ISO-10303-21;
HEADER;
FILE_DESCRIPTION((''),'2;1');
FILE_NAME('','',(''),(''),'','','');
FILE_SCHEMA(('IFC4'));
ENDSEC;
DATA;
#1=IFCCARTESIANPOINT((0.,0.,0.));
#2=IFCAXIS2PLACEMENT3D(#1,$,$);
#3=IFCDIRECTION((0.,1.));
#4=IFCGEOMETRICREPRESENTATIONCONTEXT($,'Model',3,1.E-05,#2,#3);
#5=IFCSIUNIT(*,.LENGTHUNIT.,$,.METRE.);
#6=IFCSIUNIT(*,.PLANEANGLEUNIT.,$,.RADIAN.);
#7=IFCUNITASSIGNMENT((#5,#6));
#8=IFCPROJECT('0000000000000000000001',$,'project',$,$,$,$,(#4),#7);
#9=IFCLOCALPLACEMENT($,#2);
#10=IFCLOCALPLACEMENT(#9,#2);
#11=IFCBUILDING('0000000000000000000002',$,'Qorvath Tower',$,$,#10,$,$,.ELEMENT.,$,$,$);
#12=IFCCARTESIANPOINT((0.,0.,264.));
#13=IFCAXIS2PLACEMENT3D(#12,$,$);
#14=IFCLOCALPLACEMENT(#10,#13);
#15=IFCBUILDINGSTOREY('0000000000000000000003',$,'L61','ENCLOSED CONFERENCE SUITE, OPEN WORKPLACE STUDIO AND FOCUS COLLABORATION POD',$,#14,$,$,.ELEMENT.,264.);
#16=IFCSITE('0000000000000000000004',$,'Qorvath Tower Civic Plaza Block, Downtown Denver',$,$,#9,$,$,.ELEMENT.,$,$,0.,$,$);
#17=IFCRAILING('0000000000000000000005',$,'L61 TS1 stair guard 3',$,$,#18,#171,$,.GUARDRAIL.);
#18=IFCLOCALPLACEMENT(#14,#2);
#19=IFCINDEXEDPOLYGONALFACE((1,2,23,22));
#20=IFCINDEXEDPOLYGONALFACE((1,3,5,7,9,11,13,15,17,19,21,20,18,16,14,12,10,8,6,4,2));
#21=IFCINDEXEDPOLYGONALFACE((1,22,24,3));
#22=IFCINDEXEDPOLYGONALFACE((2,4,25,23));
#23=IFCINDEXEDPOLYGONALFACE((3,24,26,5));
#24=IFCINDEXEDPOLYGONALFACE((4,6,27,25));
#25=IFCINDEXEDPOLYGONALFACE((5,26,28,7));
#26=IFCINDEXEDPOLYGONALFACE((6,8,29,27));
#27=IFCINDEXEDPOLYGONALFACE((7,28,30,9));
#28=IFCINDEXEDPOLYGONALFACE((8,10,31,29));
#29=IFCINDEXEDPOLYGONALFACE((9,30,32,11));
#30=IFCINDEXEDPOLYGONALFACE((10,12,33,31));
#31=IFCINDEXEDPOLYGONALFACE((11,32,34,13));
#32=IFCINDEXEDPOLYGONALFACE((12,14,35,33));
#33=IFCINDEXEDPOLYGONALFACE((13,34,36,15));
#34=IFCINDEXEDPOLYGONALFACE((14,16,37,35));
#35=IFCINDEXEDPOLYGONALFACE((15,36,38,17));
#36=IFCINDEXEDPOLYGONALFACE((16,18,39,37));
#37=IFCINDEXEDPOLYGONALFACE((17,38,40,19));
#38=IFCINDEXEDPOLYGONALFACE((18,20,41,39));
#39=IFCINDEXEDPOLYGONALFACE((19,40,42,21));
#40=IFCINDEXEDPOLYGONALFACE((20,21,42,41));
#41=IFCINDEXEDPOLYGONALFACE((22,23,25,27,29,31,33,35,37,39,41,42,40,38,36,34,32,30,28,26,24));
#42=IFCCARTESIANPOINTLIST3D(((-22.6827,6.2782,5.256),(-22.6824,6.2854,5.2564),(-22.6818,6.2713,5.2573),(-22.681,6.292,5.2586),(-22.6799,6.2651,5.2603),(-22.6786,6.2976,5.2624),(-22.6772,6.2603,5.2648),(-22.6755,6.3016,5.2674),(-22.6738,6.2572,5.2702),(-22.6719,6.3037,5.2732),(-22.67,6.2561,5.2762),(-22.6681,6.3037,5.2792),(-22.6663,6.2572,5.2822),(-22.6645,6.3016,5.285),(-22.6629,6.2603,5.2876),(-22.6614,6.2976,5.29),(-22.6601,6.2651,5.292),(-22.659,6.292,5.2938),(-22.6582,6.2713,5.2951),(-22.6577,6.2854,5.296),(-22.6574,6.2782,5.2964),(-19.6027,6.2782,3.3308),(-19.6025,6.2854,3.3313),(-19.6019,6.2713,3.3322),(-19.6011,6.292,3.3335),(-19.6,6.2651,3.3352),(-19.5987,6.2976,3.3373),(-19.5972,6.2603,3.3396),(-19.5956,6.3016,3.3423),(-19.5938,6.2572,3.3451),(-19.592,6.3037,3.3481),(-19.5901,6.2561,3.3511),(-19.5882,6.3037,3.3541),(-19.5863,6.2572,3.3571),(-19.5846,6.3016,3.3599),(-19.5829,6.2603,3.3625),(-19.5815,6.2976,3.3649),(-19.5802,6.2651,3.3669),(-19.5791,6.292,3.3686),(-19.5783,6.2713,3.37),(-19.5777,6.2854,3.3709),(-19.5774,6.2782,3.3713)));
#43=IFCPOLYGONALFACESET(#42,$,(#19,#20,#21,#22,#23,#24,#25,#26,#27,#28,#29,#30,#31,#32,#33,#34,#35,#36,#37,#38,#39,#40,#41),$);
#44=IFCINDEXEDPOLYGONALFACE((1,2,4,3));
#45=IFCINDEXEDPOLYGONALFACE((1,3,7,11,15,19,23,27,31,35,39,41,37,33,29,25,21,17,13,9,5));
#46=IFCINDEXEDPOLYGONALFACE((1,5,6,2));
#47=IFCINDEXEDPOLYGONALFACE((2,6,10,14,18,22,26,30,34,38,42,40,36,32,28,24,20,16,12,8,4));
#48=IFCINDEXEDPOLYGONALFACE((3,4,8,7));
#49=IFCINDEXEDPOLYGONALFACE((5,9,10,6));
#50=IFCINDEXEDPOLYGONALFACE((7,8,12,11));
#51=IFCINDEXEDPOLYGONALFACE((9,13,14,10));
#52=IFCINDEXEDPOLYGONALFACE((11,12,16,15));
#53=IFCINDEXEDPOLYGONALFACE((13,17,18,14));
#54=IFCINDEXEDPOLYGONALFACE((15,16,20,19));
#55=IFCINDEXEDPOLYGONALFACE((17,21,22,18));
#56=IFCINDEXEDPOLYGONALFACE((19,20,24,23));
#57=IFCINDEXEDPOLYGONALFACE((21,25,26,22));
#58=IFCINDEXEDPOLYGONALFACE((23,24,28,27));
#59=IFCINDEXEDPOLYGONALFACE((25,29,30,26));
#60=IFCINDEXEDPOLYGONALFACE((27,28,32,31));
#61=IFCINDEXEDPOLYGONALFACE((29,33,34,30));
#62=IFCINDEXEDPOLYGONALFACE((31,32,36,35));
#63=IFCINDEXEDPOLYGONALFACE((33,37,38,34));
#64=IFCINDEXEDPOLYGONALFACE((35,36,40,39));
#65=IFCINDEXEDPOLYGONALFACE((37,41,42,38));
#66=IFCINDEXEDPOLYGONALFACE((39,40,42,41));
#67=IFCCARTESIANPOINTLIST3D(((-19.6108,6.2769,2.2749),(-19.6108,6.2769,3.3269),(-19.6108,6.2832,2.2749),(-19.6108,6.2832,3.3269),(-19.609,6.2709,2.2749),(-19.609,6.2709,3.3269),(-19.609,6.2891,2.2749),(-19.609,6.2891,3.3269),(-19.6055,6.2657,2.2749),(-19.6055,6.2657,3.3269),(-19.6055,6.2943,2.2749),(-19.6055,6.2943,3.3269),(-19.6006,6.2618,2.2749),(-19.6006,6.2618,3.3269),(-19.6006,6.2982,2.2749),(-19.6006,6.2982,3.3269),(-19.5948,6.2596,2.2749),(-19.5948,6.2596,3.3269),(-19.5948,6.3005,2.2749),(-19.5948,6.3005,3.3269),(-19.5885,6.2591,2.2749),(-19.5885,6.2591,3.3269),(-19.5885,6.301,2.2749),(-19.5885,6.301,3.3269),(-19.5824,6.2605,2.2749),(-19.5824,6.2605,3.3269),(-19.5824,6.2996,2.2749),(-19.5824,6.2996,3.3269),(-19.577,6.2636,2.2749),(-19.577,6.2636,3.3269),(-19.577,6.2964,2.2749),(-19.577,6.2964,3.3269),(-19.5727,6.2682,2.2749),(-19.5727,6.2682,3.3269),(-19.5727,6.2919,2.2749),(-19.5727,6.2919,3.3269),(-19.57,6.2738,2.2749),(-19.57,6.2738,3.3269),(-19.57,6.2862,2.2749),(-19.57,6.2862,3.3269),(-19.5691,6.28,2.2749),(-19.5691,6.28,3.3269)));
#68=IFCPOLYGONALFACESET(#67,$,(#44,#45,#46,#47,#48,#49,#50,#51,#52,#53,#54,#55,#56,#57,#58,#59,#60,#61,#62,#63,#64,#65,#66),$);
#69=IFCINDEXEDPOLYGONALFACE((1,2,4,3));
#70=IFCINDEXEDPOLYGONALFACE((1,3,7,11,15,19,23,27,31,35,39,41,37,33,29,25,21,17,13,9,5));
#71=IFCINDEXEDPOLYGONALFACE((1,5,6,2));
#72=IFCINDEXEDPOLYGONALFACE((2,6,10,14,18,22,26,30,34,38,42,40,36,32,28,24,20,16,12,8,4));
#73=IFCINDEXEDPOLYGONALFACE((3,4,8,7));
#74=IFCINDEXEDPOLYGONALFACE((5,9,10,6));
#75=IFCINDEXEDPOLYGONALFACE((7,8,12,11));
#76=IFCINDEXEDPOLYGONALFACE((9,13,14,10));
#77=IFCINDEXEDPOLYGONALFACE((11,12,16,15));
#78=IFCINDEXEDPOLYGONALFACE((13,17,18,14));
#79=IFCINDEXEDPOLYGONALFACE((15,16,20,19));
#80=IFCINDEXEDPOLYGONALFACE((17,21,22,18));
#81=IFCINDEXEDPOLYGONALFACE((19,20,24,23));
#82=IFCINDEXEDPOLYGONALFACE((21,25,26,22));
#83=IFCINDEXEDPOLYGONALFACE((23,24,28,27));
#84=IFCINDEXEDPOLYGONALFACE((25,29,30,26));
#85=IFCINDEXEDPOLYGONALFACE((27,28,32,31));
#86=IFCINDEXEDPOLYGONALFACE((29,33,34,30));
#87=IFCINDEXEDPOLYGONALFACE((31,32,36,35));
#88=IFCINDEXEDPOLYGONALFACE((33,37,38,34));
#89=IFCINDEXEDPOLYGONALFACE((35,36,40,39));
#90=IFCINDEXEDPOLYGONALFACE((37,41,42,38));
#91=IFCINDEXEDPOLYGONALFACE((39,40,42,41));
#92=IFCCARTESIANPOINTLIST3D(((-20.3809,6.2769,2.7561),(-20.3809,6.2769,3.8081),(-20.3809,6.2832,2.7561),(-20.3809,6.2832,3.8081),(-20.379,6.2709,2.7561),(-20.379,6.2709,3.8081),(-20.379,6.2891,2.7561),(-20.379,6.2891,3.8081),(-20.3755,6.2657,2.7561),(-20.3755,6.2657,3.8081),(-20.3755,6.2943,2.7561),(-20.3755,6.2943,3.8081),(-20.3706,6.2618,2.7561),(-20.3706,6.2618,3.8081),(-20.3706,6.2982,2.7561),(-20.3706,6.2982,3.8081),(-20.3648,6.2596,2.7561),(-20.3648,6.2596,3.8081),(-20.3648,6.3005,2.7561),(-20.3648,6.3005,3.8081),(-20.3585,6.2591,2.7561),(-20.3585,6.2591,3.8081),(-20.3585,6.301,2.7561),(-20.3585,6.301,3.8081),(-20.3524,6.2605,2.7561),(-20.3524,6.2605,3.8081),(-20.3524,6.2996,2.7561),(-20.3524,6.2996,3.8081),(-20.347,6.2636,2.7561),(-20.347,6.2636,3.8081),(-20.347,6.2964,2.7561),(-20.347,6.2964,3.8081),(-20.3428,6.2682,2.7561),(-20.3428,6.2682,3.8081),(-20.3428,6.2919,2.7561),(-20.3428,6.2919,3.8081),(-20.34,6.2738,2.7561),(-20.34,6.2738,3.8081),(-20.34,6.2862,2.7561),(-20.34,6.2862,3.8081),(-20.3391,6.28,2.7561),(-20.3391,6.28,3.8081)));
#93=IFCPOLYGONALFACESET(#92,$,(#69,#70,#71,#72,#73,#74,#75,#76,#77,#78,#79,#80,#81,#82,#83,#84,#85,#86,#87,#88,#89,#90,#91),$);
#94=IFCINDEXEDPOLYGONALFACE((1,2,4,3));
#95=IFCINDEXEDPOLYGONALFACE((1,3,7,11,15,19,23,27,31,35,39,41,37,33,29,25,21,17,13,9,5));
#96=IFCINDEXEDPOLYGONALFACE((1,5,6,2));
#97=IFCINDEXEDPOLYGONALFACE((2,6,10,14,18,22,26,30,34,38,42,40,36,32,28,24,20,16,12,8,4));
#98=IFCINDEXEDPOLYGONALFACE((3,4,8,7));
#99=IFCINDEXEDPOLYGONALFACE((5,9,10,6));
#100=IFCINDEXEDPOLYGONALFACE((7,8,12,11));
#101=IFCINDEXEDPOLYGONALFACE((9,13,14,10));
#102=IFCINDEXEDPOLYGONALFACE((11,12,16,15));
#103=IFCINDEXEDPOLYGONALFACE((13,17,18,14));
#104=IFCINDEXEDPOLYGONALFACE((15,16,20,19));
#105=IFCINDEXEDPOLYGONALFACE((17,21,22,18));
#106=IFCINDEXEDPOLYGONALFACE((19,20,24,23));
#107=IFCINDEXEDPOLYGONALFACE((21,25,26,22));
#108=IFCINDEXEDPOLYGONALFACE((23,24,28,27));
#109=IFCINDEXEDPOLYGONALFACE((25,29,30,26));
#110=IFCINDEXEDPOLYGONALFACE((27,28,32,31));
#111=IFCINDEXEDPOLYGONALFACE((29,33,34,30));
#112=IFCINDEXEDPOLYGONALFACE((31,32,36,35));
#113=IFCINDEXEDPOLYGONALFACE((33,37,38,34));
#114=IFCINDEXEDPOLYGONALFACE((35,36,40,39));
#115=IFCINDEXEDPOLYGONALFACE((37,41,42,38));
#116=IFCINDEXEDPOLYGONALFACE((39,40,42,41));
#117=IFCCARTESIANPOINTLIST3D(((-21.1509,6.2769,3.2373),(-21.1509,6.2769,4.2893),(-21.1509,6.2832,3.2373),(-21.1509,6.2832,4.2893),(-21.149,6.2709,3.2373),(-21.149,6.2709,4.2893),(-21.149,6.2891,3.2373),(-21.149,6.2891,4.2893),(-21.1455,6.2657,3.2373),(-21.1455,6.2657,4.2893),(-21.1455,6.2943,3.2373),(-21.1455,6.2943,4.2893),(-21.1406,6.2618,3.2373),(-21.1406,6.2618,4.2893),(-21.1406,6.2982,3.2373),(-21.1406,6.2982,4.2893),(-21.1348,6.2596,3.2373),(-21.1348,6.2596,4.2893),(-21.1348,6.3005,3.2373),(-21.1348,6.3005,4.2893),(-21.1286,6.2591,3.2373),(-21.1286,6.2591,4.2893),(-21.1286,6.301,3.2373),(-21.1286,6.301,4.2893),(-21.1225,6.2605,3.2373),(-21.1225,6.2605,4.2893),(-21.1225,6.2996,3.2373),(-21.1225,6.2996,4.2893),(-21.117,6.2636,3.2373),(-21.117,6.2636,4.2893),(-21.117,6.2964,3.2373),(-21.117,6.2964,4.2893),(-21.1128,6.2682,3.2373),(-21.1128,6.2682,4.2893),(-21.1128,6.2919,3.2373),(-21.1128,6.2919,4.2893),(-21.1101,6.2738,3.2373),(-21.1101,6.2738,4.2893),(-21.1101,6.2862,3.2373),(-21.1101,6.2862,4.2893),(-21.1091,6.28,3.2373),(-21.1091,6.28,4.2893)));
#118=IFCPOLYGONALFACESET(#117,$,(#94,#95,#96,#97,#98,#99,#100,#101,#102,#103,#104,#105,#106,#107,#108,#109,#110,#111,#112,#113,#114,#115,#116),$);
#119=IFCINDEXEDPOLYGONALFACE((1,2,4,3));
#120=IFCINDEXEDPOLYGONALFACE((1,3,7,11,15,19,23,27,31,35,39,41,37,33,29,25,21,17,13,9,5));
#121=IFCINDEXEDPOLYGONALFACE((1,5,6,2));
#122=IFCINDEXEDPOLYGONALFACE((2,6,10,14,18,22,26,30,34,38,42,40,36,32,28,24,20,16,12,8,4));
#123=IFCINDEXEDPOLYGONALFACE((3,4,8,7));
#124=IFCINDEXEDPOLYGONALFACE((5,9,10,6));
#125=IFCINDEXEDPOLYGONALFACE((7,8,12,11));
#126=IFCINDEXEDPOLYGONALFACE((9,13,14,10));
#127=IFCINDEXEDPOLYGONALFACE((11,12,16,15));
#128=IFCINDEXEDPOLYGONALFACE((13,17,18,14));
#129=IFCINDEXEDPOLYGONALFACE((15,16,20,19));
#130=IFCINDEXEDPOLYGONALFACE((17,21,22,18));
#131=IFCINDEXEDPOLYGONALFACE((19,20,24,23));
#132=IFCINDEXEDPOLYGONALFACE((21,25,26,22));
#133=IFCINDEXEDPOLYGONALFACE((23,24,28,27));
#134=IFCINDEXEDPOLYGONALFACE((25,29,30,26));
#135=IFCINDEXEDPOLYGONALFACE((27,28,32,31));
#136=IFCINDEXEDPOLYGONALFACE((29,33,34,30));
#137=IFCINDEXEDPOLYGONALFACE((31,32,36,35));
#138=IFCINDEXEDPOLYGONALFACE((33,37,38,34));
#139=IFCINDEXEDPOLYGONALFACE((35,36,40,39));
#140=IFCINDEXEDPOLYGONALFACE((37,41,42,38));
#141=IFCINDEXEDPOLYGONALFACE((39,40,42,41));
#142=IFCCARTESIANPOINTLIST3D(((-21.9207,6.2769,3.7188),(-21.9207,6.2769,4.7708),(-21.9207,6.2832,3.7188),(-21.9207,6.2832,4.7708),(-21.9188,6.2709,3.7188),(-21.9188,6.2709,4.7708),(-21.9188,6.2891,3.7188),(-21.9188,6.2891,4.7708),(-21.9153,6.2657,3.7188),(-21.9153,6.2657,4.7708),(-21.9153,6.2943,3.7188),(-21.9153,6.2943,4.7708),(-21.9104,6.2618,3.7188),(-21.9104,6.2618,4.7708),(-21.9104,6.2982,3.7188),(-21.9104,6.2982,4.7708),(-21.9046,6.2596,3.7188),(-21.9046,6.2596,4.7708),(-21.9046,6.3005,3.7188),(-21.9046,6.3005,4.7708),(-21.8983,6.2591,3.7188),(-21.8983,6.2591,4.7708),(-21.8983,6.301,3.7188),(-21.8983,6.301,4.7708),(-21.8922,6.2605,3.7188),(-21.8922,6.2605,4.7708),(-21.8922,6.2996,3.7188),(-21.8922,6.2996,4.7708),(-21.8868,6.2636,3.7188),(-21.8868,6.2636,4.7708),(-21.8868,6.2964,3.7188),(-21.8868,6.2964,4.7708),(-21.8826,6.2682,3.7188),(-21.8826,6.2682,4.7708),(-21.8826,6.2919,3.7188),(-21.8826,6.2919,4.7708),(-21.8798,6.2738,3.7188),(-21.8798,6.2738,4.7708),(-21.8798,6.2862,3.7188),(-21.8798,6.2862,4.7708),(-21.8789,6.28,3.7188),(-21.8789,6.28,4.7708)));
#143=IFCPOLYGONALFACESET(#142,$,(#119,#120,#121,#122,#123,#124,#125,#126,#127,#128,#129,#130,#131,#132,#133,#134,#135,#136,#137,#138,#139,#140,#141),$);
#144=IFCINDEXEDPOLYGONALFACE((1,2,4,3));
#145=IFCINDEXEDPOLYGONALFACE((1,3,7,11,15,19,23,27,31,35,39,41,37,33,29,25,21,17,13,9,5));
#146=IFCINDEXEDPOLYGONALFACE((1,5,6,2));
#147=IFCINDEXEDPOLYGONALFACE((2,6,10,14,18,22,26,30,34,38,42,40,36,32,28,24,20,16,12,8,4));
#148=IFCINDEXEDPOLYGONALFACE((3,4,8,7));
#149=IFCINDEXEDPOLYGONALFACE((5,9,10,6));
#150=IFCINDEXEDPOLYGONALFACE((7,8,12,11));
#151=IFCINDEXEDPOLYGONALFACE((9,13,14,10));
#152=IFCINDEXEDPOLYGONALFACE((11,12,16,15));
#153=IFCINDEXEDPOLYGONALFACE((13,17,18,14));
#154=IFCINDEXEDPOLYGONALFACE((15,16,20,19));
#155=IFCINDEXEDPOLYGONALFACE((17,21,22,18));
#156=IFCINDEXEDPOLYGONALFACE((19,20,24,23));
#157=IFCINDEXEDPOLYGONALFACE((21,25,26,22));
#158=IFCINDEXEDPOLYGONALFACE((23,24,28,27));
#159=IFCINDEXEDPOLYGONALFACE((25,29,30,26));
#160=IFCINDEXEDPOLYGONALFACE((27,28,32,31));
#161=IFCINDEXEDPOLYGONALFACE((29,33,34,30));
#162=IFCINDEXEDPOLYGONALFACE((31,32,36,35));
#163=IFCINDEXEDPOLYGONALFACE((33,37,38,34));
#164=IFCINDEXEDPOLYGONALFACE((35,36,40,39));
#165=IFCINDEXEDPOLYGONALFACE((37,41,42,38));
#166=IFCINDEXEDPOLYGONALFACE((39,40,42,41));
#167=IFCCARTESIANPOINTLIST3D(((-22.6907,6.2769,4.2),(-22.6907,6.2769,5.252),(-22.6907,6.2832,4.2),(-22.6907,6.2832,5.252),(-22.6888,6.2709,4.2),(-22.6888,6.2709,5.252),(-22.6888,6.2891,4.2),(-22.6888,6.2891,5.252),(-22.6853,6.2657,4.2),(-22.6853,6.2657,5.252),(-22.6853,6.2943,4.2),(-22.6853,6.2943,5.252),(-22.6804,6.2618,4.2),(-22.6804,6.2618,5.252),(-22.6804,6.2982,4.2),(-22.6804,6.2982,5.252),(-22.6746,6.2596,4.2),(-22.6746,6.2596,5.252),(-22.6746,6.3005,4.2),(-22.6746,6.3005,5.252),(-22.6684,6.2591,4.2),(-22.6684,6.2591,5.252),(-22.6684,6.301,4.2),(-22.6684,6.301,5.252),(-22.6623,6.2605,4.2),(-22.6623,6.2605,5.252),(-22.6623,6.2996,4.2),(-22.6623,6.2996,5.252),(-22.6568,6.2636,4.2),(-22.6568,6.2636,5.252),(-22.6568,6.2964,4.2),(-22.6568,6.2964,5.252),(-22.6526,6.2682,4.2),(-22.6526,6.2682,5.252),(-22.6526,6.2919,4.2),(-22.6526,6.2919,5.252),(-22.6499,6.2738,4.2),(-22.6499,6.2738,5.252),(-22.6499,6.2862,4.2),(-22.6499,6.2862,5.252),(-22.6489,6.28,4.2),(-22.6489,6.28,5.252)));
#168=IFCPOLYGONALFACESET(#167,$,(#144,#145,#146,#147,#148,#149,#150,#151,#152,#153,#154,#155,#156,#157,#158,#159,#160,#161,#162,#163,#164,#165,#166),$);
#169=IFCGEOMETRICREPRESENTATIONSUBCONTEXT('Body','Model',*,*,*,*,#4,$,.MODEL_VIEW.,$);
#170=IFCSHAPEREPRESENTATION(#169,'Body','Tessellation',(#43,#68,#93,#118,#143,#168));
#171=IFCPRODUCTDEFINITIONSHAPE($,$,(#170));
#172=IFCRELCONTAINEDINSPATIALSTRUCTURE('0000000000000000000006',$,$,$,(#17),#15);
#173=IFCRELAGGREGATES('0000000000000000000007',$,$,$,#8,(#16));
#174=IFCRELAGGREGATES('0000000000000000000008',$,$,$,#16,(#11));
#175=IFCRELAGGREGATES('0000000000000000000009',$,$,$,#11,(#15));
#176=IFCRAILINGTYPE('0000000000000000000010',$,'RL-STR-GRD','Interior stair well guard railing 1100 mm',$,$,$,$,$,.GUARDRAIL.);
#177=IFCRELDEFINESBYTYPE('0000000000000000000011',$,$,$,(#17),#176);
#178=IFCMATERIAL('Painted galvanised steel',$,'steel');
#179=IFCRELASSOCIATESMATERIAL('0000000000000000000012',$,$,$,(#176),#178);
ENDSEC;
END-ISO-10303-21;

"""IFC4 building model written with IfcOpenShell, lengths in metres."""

from ifc_helpers import new_model, si_unit, direction, frame, origin, origin_2d, place, context, subcontext, project, spatial, circle, extrude, material, type_object, element, save


model = new_model("IFC4")

# Units and contexts
model_context = context("Model", 3, precision=1e-05, world=origin(), true_north=direction((0.0, 1.0)))
body_context = subcontext(model_context, "Body", "Model", "MODEL_VIEW")
ifc_project = project(units=[si_unit("LENGTHUNIT", "METRE"), si_unit("PLANEANGLEUNIT", "RADIAN")], contexts=[model_context])

# Site, building, storey
site_placement = place(None, origin())
site = spatial("IfcSite", under=ifc_project, at=site_placement, Name="Qorvath Tower Civic Plaza Block, Downtown Denver", CompositionType="ELEMENT", RefElevation=0.0)
building_placement = place(site_placement, origin())
building = spatial("IfcBuilding", under=site, at=building_placement, Name="Qorvath Tower", CompositionType="ELEMENT")
storey_placement = place(building_placement, frame((0.0, 0.0, 264.0)))
storey = spatial("IfcBuildingStorey", under=building, at=storey_placement, Name="L61", Description="ENCLOSED CONFERENCE SUITE, OPEN WORKPLACE STUDIO AND FOCUS COLLABORATION POD", CompositionType="ELEMENT", Elevation=264.0)

# Railing
ifc_material_1 = material(Name="Painted galvanised steel", Category="steel")
railing_type_1 = type_object("IfcRailingType", Name="RL-STR-GRD", Description="Interior stair well guard railing 1100 mm", PredefinedType="GUARDRAIL", material=ifc_material_1)
railing_1_placement = place(storey_placement, frame((-19.5901, 6.28, 2.2749)))
element("IfcRailing", 1, at=railing_1_placement, inside=storey, type_object=railing_type_1, Name="L61 TS1 stair guard 3", PredefinedType="GUARDRAIL", context=body_context, shape_type="SweptSolid", body=[
    extrude(circle(Radius=0.0239, at=origin_2d()), frame((0.0, 0.0, 1.0762), z_axis=(-0.847979, 0.0, 0.530029), x_axis=(0.0, -1.0, 0.0)), (0.0, 0.0, 1.0), 3.6321),
    extrude(circle(Radius=0.021, at=origin_2d()), origin(), (0.0, 0.0, 1.0), 1.052),
    extrude(circle(Radius=0.021, at=origin_2d()), frame((-0.77, 0.0, 0.4812)), (0.0, 0.0, 1.0), 1.052),
    extrude(circle(Radius=0.021, at=origin_2d()), frame((-1.54, 0.0, 0.9624)), (0.0, 0.0, 1.0), 1.052),
    extrude(circle(Radius=0.021, at=origin_2d()), frame((-2.3098, 0.0, 1.4438)), (0.0, 0.0, 1.0), 1.052),
    extrude(circle(Radius=0.021, at=origin_2d()), frame((-3.0798, 0.0, 1.925)), (0.0, 0.0, 1.0), 1.052),
])

save(model, "model.ifc")
